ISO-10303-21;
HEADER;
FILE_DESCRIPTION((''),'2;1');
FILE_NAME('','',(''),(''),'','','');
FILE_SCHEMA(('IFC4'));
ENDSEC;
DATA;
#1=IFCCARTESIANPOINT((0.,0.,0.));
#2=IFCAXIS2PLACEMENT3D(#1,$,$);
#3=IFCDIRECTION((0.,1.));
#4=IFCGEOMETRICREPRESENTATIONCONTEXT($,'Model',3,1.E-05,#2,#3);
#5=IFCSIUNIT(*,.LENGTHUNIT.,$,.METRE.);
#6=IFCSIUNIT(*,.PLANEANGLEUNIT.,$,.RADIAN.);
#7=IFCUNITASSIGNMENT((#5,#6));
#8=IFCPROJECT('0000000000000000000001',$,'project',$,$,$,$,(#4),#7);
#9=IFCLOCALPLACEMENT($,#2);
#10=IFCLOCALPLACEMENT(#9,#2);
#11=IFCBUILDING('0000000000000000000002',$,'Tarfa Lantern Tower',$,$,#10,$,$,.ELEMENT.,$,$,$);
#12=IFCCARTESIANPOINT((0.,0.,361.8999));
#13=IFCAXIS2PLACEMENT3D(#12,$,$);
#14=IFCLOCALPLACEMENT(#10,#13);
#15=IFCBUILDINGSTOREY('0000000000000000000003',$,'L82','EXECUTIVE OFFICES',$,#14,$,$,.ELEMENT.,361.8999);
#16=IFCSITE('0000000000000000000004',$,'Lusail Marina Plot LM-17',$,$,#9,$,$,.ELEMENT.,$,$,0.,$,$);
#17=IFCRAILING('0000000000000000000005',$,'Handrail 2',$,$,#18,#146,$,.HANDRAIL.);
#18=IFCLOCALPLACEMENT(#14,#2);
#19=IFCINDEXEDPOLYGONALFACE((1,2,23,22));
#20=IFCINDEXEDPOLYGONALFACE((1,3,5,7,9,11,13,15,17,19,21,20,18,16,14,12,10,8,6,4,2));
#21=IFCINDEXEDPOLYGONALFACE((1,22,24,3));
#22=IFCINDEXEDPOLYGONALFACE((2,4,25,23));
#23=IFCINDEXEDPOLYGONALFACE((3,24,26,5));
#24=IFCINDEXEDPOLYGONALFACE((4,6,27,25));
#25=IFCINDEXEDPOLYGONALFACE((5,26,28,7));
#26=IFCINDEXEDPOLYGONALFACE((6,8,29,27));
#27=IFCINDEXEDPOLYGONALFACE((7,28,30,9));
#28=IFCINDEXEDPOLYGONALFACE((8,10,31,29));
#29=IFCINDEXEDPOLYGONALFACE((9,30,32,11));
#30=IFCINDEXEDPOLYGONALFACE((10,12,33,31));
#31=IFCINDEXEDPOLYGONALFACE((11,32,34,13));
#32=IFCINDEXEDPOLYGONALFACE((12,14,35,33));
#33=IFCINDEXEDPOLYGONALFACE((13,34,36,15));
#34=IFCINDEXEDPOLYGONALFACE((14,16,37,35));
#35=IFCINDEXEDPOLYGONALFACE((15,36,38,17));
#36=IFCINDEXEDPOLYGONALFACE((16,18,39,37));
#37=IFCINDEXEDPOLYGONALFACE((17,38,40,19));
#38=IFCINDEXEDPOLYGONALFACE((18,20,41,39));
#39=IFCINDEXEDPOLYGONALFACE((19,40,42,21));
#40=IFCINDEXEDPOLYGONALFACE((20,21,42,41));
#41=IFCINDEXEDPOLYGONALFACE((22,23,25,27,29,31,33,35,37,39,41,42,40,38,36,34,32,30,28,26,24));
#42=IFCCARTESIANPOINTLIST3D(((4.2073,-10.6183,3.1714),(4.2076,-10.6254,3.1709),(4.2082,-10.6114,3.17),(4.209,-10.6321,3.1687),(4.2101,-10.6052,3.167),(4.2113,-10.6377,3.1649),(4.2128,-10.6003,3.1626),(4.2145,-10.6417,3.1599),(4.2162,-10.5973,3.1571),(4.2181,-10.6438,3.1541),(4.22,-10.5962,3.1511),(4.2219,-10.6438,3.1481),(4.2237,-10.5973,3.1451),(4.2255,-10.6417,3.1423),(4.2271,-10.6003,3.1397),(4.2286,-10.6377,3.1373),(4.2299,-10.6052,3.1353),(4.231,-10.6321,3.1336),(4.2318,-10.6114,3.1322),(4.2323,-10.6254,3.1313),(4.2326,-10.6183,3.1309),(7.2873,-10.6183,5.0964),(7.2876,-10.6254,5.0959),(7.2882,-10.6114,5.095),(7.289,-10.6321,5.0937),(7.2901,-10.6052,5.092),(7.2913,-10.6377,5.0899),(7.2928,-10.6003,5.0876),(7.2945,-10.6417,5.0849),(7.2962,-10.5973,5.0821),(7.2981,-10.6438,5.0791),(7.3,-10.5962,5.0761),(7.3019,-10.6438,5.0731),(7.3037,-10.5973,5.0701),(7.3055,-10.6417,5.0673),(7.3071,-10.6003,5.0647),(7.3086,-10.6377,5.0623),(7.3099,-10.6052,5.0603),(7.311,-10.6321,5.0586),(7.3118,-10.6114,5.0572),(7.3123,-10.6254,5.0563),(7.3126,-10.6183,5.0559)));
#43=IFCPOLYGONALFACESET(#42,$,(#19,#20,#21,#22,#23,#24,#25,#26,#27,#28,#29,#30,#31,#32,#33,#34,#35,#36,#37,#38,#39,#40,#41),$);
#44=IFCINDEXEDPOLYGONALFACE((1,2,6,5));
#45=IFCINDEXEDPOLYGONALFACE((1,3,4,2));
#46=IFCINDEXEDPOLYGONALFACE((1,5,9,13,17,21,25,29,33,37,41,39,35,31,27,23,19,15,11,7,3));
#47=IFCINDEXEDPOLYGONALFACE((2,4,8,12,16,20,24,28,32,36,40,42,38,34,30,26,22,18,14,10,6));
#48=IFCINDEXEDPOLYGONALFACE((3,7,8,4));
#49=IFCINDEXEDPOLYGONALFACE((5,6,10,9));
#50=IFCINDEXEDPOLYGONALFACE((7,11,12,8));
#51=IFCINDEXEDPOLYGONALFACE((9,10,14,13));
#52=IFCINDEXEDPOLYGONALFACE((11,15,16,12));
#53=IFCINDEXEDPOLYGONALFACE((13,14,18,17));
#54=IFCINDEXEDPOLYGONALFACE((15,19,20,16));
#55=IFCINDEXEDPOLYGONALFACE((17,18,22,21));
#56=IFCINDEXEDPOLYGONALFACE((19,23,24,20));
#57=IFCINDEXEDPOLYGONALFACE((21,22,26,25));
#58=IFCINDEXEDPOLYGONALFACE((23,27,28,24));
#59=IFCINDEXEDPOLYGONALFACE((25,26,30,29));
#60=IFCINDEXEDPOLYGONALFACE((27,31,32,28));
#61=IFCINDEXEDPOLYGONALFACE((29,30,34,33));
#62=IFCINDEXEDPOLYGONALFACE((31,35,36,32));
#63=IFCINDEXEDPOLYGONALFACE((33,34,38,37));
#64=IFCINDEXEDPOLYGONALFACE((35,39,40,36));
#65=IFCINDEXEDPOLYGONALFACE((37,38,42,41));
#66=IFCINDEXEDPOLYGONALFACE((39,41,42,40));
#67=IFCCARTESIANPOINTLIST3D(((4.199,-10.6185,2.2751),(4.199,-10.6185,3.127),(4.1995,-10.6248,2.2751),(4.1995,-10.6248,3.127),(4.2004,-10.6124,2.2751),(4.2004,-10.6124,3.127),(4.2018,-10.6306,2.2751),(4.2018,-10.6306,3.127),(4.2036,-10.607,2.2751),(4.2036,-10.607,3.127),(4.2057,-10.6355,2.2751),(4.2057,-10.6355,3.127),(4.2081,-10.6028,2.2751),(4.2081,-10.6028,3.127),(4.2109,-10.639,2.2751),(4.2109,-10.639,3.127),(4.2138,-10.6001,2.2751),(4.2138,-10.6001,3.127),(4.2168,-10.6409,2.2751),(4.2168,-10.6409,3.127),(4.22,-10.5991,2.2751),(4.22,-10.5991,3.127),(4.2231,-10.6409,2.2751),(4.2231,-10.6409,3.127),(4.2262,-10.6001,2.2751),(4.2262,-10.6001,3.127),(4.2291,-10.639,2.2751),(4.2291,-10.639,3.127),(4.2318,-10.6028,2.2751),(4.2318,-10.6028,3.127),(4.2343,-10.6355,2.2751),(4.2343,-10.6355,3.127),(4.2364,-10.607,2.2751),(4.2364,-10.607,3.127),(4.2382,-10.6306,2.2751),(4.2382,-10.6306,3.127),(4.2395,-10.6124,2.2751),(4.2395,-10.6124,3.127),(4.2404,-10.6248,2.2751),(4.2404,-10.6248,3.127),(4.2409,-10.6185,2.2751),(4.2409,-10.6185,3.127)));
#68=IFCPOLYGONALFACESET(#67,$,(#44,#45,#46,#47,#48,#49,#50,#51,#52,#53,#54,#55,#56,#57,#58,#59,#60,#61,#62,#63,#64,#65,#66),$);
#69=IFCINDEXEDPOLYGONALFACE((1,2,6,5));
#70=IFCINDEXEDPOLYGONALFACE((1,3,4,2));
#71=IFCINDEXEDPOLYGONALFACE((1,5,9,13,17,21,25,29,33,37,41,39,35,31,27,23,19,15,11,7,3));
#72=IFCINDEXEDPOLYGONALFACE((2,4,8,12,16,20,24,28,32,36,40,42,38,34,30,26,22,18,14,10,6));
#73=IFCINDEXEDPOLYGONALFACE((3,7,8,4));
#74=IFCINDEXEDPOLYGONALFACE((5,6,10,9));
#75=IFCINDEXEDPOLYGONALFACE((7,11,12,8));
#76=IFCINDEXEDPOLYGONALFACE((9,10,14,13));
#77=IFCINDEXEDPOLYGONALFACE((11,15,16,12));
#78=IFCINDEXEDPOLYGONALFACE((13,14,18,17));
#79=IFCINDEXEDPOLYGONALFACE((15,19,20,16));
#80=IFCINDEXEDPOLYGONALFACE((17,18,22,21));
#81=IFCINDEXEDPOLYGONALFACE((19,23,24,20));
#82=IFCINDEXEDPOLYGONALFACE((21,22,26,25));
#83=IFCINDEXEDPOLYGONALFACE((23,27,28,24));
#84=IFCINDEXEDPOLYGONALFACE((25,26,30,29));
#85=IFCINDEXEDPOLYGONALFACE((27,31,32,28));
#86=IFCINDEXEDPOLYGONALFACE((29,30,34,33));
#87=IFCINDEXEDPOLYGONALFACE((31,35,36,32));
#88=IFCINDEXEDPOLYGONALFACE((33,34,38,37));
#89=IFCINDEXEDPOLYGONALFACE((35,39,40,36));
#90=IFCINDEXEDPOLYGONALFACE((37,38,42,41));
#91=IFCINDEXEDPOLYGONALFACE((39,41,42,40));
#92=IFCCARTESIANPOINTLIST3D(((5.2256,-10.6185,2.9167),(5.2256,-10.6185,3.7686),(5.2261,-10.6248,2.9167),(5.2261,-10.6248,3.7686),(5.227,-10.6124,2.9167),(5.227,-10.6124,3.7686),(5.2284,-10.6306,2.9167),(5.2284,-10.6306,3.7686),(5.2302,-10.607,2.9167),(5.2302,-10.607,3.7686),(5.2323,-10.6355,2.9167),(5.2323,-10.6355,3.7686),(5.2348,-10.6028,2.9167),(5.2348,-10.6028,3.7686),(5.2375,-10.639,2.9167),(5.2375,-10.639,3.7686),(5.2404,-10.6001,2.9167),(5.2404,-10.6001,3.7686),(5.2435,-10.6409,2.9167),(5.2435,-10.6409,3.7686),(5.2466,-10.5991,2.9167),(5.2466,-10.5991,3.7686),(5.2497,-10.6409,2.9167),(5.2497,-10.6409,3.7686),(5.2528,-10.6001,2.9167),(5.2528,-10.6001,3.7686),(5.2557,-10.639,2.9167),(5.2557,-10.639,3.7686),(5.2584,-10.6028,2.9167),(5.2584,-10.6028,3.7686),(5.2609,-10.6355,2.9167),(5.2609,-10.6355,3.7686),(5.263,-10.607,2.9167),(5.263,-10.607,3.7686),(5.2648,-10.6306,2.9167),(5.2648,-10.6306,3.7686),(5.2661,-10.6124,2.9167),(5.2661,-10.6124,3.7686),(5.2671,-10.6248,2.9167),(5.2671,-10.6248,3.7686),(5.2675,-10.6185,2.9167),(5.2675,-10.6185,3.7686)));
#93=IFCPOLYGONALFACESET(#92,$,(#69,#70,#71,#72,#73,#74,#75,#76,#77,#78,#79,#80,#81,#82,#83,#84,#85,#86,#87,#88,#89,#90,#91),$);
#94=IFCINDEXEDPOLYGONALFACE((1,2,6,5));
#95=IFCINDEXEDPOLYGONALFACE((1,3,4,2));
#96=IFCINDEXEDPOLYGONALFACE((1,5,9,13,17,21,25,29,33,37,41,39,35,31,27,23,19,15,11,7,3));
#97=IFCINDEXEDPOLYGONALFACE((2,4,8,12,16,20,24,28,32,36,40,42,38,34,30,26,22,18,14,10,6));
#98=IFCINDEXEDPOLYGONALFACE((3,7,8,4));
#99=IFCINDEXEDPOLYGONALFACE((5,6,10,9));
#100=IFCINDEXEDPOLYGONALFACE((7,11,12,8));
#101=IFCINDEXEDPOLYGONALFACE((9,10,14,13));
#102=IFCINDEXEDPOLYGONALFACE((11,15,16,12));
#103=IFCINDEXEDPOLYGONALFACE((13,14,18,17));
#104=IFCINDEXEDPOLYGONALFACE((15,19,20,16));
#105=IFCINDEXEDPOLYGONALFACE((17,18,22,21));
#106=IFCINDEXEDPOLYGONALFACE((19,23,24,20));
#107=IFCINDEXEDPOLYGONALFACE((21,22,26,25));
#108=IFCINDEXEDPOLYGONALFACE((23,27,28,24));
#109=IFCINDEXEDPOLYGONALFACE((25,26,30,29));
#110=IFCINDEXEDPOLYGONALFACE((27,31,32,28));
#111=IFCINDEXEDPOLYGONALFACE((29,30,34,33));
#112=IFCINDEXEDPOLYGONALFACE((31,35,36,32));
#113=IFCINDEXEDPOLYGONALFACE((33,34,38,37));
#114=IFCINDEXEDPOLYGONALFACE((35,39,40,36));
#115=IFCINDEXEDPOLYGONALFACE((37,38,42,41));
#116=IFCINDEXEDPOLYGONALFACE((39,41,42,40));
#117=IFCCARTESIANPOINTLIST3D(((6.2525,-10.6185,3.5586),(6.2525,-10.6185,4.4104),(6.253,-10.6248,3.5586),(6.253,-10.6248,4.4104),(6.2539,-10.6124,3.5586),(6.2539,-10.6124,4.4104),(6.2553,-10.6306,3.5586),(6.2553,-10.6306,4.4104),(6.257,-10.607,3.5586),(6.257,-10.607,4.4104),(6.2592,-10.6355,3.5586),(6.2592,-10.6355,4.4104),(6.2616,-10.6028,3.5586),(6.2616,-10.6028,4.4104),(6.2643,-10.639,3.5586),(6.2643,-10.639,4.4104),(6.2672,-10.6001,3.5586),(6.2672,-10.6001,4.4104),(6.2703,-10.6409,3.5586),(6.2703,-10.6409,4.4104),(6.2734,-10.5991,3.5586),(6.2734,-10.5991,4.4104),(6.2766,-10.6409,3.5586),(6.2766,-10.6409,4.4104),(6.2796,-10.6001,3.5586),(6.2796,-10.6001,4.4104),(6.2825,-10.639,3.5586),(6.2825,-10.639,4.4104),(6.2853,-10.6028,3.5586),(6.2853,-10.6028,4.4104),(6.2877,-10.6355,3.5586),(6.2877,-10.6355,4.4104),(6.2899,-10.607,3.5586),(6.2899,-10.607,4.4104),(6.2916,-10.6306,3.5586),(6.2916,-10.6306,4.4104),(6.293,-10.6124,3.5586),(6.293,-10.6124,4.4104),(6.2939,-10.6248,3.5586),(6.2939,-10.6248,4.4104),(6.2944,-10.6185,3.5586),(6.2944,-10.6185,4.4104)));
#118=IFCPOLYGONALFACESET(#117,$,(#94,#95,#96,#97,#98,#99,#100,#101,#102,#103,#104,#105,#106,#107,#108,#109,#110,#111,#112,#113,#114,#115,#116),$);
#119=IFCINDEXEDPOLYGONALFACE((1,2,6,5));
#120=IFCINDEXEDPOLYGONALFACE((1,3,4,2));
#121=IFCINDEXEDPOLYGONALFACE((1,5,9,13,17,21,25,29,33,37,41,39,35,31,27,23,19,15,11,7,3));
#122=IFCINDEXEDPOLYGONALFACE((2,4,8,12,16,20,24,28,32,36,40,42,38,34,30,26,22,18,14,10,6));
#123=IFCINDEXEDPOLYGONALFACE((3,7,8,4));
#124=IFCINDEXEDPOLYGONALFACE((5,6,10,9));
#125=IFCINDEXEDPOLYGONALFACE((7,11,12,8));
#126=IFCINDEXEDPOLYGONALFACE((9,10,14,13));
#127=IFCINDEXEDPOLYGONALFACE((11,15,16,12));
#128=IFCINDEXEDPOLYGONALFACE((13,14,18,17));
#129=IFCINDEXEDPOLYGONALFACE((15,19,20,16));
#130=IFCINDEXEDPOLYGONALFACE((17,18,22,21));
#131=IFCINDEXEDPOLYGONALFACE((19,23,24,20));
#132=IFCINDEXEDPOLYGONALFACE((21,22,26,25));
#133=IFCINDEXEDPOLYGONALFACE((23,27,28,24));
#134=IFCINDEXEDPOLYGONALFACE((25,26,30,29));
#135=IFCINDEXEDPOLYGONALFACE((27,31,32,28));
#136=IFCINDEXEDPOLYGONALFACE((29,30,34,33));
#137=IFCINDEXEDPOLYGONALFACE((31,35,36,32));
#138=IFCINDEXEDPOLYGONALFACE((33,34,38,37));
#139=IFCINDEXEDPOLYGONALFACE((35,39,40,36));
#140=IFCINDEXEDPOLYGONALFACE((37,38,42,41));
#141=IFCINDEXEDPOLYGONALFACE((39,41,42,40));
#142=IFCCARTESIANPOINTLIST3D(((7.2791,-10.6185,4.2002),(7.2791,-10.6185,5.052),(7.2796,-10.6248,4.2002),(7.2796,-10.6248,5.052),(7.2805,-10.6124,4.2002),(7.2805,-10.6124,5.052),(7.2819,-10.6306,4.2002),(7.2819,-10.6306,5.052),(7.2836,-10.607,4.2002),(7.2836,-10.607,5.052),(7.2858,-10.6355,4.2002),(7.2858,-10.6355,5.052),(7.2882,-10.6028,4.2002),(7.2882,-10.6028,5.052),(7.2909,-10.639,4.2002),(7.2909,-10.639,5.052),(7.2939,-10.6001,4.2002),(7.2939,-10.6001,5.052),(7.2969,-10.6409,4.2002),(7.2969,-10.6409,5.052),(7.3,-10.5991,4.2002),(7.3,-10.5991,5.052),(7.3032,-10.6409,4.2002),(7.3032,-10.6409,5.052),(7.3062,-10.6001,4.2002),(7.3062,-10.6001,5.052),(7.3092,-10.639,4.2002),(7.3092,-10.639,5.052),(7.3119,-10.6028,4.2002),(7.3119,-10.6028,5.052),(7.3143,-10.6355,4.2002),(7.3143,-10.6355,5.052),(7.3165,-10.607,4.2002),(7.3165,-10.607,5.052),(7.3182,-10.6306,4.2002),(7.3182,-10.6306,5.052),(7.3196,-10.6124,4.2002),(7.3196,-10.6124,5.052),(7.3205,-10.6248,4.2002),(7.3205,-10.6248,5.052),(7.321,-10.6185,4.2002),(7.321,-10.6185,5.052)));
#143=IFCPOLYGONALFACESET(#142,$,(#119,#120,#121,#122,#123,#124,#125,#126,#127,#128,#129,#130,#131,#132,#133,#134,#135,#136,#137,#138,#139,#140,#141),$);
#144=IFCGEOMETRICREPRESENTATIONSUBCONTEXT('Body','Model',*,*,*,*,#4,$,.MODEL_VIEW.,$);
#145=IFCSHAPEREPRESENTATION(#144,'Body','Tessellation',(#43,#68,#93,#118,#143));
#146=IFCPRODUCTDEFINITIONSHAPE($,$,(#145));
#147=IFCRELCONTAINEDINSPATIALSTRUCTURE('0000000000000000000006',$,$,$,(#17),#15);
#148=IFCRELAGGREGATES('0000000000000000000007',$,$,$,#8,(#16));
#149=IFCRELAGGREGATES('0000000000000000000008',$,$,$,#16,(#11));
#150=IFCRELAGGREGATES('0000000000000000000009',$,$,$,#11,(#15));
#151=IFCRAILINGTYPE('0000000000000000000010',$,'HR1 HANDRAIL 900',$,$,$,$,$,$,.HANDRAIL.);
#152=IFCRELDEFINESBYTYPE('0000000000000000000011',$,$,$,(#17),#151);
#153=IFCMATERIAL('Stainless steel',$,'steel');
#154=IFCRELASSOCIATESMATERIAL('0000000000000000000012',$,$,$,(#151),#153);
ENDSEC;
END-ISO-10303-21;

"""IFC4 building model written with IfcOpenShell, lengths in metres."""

from ifc_helpers import new_model, si_unit, direction, frame, origin, origin_2d, place, context, subcontext, project, spatial, circle, extrude, material, type_object, element, save


model = new_model("IFC4")

# Units and contexts
model_context = context("Model", 3, precision=1e-05, world=origin(), true_north=direction((0.0, 1.0)))
body_context = subcontext(model_context, "Body", "Model", "MODEL_VIEW")
ifc_project = project(units=[si_unit("LENGTHUNIT", "METRE"), si_unit("PLANEANGLEUNIT", "RADIAN")], contexts=[model_context])

# Site, building, storey
site_placement = place(None, origin())
site = spatial("IfcSite", under=ifc_project, at=site_placement, Name="Lusail Marina Plot LM-17", CompositionType="ELEMENT", RefElevation=0.0)
building_placement = place(site_placement, origin())
building = spatial("IfcBuilding", under=site, at=building_placement, Name="Tarfa Lantern Tower", CompositionType="ELEMENT")
storey_placement = place(building_placement, frame((0.0, 0.0, 361.8999)))
storey = spatial("IfcBuildingStorey", under=building, at=storey_placement, Name="L82", Description="EXECUTIVE OFFICES", CompositionType="ELEMENT", Elevation=361.8999)

# Railing
ifc_material_1 = material(Name="Stainless steel", Category="steel")
railing_type = type_object("IfcRailingType", Name="HR1 HANDRAIL 900", PredefinedType="HANDRAIL", material=ifc_material_1)
railing_1_placement = place(storey_placement, frame((4.22, -10.6201, 2.2751)))
element("IfcRailing", 1, at=railing_1_placement, inside=storey, type_object=railing_type, Name="Handrail 2", PredefinedType="HANDRAIL", context=body_context, shape_type="SweptSolid", body=[
    extrude(circle(Radius=0.0239, at=origin_2d()), frame((0.0, 0.0, 0.876), z_axis=(0.847998, 0.0, 0.529999), x_axis=(0.0, 1.0, 0.0)), (0.0, 0.0, 1.0), 3.6321),
    extrude(circle(Radius=0.021, at=origin_2d()), frame((0.0, 0.0, 0.0), z_axis=(0.0, 0.0, 1.0), x_axis=(0.0, 1.0, 0.0)), (0.0, 0.0, 1.0), 0.8518),
    extrude(circle(Radius=0.021, at=origin_2d()), frame((1.0266, 0.0, 0.6416), z_axis=(0.0, 0.0, 1.0), x_axis=(0.0, 1.0, 0.0)), (0.0, 0.0, 1.0), 0.8518),
    extrude(circle(Radius=0.021, at=origin_2d()), frame((2.0535, 0.0, 1.2834), z_axis=(0.0, 0.0, 1.0), x_axis=(0.0, 1.0, 0.0)), (0.0, 0.0, 1.0), 0.8518),
    extrude(circle(Radius=0.021, at=origin_2d()), frame((3.0801, 0.0, 1.925), z_axis=(0.0, 0.0, 1.0), x_axis=(0.0, 1.0, 0.0)), (0.0, 0.0, 1.0), 0.8518),
])

save(model, "model.ifc")
